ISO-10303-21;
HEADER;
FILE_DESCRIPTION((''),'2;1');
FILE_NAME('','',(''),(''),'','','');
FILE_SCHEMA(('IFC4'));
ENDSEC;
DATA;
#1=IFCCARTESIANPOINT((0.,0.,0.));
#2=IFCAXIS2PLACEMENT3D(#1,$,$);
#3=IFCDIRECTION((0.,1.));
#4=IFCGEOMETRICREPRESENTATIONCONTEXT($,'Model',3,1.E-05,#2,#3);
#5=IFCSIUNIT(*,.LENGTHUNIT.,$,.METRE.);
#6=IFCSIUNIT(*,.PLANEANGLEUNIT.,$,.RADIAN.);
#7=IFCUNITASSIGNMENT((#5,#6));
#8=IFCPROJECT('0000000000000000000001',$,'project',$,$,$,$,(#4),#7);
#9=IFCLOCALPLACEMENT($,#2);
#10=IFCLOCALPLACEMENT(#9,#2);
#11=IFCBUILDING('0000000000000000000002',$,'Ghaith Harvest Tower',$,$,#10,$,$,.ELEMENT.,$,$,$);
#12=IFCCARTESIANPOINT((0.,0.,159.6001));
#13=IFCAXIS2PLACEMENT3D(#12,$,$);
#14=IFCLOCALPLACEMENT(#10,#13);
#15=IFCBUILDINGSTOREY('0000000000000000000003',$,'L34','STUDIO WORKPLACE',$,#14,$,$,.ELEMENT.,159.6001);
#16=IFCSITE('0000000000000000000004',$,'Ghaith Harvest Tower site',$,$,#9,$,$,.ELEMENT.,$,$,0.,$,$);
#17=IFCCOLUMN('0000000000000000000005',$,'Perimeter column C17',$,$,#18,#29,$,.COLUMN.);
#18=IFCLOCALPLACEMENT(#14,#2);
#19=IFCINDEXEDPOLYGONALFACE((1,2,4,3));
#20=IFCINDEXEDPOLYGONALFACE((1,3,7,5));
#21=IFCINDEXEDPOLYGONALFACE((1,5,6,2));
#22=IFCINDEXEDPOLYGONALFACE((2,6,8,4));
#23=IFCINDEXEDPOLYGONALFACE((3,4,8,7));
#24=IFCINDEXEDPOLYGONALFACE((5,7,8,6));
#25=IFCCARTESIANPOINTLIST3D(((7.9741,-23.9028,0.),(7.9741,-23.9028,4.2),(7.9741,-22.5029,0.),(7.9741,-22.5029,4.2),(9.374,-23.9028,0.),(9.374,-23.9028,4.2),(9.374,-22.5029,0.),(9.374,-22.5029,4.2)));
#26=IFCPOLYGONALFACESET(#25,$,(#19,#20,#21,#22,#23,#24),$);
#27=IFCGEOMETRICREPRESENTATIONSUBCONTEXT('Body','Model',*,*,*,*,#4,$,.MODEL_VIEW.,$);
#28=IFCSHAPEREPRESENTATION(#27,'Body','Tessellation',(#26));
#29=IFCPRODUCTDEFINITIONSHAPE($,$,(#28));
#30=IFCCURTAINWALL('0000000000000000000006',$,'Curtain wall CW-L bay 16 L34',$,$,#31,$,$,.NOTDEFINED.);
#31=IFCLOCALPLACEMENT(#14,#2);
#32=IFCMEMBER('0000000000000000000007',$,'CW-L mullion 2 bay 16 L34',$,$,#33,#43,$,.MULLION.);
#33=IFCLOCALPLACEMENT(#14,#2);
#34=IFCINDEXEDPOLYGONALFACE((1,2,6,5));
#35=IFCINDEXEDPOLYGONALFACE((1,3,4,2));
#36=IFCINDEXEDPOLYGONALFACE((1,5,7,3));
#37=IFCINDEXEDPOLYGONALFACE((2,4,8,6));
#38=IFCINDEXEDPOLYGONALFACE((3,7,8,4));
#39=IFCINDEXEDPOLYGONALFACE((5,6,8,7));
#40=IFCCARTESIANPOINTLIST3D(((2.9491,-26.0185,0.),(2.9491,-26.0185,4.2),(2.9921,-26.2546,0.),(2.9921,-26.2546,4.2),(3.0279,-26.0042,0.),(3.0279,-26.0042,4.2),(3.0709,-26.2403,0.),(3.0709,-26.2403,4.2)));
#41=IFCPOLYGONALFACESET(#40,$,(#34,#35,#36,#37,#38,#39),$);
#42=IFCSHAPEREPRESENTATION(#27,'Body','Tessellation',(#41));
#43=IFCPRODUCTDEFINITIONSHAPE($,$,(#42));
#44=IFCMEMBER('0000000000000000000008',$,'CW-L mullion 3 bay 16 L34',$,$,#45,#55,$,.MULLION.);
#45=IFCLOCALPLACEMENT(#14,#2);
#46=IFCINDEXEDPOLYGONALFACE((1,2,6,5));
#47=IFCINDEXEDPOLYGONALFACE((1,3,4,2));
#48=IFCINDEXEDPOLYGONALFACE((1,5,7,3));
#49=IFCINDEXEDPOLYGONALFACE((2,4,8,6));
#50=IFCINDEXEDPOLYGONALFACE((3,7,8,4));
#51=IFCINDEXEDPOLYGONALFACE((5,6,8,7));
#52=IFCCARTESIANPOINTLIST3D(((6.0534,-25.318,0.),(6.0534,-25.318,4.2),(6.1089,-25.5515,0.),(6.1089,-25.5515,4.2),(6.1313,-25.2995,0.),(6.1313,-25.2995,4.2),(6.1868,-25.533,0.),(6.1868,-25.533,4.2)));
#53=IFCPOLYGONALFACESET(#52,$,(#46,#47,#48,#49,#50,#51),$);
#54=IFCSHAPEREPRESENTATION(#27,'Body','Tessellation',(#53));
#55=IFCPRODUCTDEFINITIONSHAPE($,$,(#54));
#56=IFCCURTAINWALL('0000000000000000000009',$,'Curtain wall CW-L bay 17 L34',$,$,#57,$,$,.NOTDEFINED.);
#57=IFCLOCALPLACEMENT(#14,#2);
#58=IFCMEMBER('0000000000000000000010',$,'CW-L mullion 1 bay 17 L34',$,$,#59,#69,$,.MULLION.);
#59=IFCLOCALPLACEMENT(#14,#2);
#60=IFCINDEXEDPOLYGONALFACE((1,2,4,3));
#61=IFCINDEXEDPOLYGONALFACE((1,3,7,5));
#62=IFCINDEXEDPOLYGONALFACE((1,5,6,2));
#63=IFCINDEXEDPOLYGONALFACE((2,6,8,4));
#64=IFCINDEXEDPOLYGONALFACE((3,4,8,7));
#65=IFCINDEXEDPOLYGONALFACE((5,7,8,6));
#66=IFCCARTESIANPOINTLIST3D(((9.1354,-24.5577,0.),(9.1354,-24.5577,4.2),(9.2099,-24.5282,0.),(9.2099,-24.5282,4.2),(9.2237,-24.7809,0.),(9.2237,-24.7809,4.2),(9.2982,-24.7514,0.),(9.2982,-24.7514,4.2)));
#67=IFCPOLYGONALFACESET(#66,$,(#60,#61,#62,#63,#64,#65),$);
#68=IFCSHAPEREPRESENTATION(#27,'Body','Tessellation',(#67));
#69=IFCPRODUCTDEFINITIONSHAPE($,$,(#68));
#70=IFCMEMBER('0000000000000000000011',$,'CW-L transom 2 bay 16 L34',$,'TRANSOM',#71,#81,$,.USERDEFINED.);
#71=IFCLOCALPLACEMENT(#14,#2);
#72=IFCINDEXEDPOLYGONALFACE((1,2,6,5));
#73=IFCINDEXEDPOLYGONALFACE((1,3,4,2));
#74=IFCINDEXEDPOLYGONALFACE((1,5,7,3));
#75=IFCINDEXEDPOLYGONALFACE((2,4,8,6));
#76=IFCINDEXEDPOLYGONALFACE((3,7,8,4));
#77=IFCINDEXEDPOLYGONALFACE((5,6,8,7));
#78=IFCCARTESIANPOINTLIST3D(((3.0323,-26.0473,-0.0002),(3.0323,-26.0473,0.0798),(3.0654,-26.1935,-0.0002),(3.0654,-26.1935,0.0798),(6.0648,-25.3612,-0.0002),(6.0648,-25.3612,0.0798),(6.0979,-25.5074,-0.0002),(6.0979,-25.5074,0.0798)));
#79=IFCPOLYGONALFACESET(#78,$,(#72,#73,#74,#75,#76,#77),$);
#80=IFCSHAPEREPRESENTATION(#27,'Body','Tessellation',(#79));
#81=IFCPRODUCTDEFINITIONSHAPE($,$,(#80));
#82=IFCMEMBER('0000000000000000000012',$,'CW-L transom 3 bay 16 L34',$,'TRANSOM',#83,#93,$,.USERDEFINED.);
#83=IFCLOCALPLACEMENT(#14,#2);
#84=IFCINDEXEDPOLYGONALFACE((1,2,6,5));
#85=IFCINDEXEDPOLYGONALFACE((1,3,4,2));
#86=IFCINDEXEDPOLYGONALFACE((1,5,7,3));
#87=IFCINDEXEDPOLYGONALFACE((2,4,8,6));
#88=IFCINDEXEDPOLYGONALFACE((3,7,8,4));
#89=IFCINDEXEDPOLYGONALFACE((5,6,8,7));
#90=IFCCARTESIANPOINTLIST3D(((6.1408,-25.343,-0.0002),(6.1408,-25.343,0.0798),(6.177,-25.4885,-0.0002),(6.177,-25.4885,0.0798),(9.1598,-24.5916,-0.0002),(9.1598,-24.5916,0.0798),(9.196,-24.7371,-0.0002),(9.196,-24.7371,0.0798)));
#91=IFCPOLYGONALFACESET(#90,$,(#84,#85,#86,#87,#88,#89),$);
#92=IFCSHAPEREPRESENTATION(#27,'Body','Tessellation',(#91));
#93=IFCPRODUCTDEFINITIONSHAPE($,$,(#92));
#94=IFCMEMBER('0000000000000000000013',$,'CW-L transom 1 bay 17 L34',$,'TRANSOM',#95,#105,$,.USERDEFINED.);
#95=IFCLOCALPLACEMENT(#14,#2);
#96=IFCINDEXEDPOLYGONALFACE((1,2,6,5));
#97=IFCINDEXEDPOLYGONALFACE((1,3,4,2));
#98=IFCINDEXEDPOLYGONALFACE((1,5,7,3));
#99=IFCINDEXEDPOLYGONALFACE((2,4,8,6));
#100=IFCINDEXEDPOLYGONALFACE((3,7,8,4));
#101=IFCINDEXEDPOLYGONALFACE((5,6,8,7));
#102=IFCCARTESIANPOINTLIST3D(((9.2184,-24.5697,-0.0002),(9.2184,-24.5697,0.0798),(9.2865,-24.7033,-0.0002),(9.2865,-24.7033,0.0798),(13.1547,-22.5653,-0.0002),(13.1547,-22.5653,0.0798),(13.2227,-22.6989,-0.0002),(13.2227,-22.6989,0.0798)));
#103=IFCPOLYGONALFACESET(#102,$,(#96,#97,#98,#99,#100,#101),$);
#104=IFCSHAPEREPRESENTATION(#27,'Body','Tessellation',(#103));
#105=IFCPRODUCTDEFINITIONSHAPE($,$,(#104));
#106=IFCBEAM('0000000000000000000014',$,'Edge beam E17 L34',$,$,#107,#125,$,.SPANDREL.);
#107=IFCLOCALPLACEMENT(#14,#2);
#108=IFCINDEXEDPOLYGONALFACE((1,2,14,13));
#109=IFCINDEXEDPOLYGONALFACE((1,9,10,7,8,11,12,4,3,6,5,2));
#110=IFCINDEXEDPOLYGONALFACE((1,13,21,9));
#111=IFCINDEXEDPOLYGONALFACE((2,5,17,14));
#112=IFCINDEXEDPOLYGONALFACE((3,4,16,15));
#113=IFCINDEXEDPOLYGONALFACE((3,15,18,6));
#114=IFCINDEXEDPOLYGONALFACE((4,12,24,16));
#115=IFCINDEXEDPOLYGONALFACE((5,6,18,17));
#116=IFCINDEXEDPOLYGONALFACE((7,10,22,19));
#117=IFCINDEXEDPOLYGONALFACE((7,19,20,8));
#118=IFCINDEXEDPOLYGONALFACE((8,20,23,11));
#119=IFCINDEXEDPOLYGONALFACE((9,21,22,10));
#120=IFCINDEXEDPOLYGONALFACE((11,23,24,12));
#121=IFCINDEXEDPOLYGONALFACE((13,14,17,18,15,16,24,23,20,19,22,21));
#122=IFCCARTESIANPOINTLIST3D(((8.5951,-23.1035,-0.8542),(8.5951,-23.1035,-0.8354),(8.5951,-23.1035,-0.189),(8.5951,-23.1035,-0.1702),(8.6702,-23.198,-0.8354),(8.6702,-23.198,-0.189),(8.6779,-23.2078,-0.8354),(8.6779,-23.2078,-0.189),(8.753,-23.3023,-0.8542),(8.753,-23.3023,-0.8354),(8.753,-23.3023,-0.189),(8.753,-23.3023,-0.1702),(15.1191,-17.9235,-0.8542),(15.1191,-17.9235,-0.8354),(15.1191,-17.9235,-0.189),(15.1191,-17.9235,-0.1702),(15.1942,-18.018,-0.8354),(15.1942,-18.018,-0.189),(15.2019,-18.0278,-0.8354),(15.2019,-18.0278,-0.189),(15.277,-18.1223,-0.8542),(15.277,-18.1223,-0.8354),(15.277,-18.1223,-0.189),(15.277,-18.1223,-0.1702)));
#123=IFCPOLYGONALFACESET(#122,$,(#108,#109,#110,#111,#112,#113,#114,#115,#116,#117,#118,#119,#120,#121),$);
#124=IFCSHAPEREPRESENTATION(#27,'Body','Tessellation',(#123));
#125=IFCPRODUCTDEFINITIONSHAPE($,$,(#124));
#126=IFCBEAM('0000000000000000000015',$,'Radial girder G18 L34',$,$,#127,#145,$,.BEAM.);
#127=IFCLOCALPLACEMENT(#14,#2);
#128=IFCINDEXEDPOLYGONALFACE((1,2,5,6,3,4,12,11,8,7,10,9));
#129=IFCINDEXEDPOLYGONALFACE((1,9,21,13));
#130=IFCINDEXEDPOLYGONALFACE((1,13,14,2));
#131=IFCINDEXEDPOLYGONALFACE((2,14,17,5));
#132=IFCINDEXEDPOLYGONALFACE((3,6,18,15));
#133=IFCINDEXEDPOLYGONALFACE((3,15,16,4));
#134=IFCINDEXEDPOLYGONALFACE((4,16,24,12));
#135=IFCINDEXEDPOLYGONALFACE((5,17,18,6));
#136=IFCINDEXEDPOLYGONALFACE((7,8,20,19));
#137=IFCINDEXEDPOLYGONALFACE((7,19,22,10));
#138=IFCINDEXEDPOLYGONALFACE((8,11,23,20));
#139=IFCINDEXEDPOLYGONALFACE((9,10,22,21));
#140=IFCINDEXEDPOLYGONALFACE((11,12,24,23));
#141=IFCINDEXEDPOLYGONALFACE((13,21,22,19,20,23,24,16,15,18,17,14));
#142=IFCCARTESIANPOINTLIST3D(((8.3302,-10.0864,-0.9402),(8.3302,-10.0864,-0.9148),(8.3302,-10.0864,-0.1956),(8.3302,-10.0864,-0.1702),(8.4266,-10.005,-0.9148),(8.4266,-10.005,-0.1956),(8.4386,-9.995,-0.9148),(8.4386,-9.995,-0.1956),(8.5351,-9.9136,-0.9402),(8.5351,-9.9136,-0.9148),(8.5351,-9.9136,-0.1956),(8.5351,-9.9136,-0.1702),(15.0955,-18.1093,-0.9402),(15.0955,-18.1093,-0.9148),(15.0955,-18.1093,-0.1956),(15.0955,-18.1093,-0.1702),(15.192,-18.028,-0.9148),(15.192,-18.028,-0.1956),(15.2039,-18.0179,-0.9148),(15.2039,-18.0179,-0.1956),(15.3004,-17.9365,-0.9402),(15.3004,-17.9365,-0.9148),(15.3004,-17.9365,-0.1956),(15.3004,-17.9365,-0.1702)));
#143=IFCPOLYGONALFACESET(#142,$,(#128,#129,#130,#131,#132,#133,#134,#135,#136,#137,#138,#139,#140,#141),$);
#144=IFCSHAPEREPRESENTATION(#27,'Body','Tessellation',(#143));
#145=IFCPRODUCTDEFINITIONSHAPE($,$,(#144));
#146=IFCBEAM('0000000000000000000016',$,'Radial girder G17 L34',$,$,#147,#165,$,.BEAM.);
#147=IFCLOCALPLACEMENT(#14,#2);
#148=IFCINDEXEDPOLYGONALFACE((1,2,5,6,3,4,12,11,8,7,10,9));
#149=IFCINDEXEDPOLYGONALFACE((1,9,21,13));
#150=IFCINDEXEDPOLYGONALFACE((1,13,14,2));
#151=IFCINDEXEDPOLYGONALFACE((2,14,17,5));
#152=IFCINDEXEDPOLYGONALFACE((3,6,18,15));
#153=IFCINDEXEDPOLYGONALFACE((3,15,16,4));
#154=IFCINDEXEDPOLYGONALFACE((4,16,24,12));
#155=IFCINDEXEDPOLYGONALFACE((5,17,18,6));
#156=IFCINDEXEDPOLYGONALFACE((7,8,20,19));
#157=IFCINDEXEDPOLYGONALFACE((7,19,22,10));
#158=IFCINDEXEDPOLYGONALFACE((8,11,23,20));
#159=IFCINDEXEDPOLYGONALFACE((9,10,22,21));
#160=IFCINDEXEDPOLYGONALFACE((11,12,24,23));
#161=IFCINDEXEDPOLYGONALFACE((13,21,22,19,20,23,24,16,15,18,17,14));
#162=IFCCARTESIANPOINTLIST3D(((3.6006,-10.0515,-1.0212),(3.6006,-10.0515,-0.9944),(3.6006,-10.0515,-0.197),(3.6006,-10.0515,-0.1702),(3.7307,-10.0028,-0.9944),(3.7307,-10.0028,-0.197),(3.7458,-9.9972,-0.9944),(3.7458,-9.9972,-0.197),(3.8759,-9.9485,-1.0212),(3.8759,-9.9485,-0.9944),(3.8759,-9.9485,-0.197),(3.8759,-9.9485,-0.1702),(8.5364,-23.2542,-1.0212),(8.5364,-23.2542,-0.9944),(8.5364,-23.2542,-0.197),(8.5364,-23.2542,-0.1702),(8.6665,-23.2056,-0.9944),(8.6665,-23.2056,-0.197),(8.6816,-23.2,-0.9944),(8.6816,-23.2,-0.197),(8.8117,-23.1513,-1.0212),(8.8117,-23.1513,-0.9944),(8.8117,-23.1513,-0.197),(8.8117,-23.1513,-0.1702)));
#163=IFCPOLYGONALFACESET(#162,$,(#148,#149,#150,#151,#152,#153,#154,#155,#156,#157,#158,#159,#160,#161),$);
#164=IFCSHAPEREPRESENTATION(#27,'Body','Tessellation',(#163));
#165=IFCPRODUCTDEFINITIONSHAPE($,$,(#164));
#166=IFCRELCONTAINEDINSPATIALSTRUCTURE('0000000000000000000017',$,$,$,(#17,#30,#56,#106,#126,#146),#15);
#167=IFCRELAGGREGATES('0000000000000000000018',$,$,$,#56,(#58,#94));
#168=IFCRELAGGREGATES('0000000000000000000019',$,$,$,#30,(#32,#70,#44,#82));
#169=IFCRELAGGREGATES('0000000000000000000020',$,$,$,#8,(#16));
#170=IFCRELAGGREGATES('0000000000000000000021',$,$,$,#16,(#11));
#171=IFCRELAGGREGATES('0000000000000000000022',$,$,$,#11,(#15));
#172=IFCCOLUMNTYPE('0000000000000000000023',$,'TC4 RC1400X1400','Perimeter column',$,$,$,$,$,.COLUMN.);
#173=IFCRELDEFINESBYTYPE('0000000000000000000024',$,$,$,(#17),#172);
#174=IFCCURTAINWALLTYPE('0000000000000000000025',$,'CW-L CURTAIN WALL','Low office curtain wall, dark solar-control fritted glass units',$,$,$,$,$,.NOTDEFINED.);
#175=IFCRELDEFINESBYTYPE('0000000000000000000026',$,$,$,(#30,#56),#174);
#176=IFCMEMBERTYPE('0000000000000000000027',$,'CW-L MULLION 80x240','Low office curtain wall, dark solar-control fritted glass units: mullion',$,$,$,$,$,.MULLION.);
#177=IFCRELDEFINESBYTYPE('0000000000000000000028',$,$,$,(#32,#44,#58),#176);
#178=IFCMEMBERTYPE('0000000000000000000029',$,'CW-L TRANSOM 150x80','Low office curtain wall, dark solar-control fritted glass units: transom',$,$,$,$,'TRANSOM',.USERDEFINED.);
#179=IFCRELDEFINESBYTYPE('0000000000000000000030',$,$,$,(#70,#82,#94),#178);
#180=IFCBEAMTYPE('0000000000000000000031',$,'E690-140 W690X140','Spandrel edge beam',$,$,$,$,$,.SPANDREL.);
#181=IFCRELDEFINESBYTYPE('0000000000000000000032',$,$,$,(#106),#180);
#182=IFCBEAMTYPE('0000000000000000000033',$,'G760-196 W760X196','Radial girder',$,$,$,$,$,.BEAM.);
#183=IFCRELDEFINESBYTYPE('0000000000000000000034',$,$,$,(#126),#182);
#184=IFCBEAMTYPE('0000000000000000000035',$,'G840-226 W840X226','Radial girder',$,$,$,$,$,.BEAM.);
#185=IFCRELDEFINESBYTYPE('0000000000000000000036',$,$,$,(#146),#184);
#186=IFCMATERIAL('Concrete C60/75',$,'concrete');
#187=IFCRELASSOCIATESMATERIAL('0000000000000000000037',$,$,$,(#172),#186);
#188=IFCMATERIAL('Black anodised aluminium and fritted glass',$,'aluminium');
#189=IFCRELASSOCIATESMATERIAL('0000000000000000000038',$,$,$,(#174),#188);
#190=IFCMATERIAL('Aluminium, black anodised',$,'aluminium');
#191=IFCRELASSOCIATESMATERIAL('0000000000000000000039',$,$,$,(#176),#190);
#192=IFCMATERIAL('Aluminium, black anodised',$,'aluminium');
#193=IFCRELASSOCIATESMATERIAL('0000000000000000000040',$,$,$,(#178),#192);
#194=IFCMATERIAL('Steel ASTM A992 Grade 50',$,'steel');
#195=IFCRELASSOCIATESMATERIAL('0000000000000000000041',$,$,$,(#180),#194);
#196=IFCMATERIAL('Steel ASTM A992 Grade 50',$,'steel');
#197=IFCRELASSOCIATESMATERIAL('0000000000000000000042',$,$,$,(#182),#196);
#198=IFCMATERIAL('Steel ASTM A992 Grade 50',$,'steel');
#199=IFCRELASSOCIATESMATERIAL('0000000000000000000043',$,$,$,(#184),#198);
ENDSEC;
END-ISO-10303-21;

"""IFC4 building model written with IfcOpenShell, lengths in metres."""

from ifc_helpers import new_model, si_unit, direction, frame, origin, origin_2d, place, context, subcontext, project, spatial, rectangle, i_section, extrude, material, material_profile, profile_set, type_object, element, aggregate, save


model = new_model("IFC4")

# Units and contexts
model_context = context("Model", 3, precision=1e-05, world=origin(), true_north=direction((0.0, 1.0)))
body_context = subcontext(model_context, "Body", "Model", "MODEL_VIEW")
ifc_project = project(units=[si_unit("LENGTHUNIT", "METRE"), si_unit("PLANEANGLEUNIT", "RADIAN")], contexts=[model_context])

# Site, building, storey
site_placement = place(None, origin())
site = spatial("IfcSite", under=ifc_project, at=site_placement, Name="Ghaith Harvest Tower site", CompositionType="ELEMENT", RefElevation=0.0)
building_placement = place(site_placement, origin())
building = spatial("IfcBuilding", under=site, at=building_placement, Name="Ghaith Harvest Tower", CompositionType="ELEMENT")
storey_placement = place(building_placement, frame((0.0, 0.0, 159.6001)))
storey = spatial("IfcBuildingStorey", under=building, at=storey_placement, Name="L34", Description="STUDIO WORKPLACE", CompositionType="ELEMENT", Elevation=159.6001)

# Column
ifc_material_1 = material(Name="Concrete C60/75", Category="concrete")
ifc_material_profile_1 = material_profile(ifc_material_1, rectangle(XDim=1.3999, YDim=1.3999, at=origin_2d()), Name="RC1400X1400")
ifc_profile_set_1 = profile_set([ifc_material_profile_1], Name="Concrete C60/75")
column_type = type_object("IfcColumnType", Name="TC4 RC1400X1400", Description="Perimeter column", PredefinedType="COLUMN", material=ifc_profile_set_1)
column_placement = place(storey_placement, frame((8.6741, -23.2029, 0.0), z_axis=(0.0, 0.0, 1.0), x_axis=(1.0, 0.0, 0.0)))
element("IfcColumn", 1, at=column_placement, inside=storey, type_object=column_type, Name="Perimeter column C17", PredefinedType="COLUMN", context=body_context, shape_type="SweptSolid", body=[
    extrude(rectangle(XDim=1.3999, YDim=1.3999, at=origin_2d()), origin(), (0.0, 0.0, 1.0), 4.2),
])

# Curtain wall, members
ifc_material_2 = material(Name="Black anodised aluminium and fritted glass", Category="aluminium")
curtain_wall_type = type_object("IfcCurtainWallType", Name="CW-L CURTAIN WALL", Description="Low office curtain wall, dark solar-control fritted glass units", PredefinedType="NOTDEFINED", material=ifc_material_2)
curtain_wall_1_placement = place(storey_placement, origin())
curtain_wall_1 = element("IfcCurtainWall", 2, at=curtain_wall_1_placement, inside=storey, type_object=curtain_wall_type, Name="Curtain wall CW-L bay 16 L34", PredefinedType="NOTDEFINED")
ifc_material_3 = material(Name="Aluminium, black anodised", Category="aluminium")
ifc_material_profile_2 = material_profile(ifc_material_3, rectangle(XDim=0.0801, YDim=0.24, at=origin_2d()), Name="CW-L MULLION 80x240")
ifc_profile_set_2 = profile_set([ifc_material_profile_2], Name="Aluminium, black anodised")
member_type_1 = type_object("IfcMemberType", Name="CW-L MULLION 80x240", Description="Low office curtain wall, dark solar-control fritted glass units: mullion", PredefinedType="MULLION", material=ifc_profile_set_2)
member_1_placement = place(storey_placement, frame((3.01, -26.1294, 0.0), z_axis=(0.0, 0.0, 1.0), x_axis=(0.983806, 0.179235, 0.0)))
member_1 = element("IfcMember", 3, at=member_1_placement, type_object=member_type_1, Name="CW-L mullion 2 bay 16 L34", PredefinedType="MULLION", context=body_context, shape_type="SweptSolid", body=[
    extrude(rectangle(XDim=0.0801, YDim=0.24, at=origin_2d()), origin(), (0.0, 0.0, 1.0), 4.2),
])
member_2_placement = place(storey_placement, frame((6.1201, -25.4255, 0.0), z_axis=(0.0, 0.0, 1.0), x_axis=(0.972918, 0.23115, 0.0)))
member_2 = element("IfcMember", 4, at=member_2_placement, type_object=member_type_1, Name="CW-L mullion 3 bay 16 L34", PredefinedType="MULLION", context=body_context, shape_type="SweptSolid", body=[
    extrude(rectangle(XDim=0.0801, YDim=0.24, at=origin_2d()), origin(), (0.0, 0.0, 1.0), 4.2),
])

# Curtain wall, member
curtain_wall_2_placement = place(storey_placement, origin())
curtain_wall_2 = element("IfcCurtainWall", 5, at=curtain_wall_2_placement, inside=storey, type_object=curtain_wall_type, Name="Curtain wall CW-L bay 17 L34", PredefinedType="NOTDEFINED")
member_3_placement = place(storey_placement, frame((9.2168, -24.6545, 0.0), z_axis=(0.0, 0.0, 1.0), x_axis=(0.929832, 0.367985, 0.0)))
member_3 = element("IfcMember", 6, at=member_3_placement, type_object=member_type_1, Name="CW-L mullion 1 bay 17 L34", PredefinedType="MULLION", context=body_context, shape_type="SweptSolid", body=[
    extrude(rectangle(XDim=0.0801, YDim=0.24, at=origin_2d()), origin(), (0.0, 0.0, 1.0), 4.2),
])

# Members
ifc_material_4 = material(Name="Aluminium, black anodised", Category="aluminium")
ifc_material_profile_3 = material_profile(ifc_material_4, rectangle(XDim=0.1499, YDim=0.0801, at=origin_2d()), Name="CW-L TRANSOM 150x80")
ifc_profile_set_3 = profile_set([ifc_material_profile_3], Name="Aluminium, black anodised")
member_type_2 = type_object("IfcMemberType", Name="CW-L TRANSOM 150x80", Description="Low office curtain wall, dark solar-control fritted glass units: transom", ElementType="TRANSOM", PredefinedType="USERDEFINED", material=ifc_profile_set_3)
member_4_placement = place(storey_placement, frame((3.0488, -26.1204, 0.0398), z_axis=(0.975352, 0.220654, 0.0), x_axis=(-0.220654, 0.975352, 0.0)))
member_4 = element("IfcMember", 7, at=member_4_placement, type_object=member_type_2, Name="CW-L transom 2 bay 16 L34", ObjectType="TRANSOM", PredefinedType="USERDEFINED", context=body_context, shape_type="SweptSolid", body=[
    extrude(rectangle(XDim=0.1499, YDim=0.0801, at=origin_2d()), origin(), (0.0, 0.0, 1.0), 3.1091),
])
member_5_placement = place(storey_placement, frame((6.1589, -25.4158, 0.0398), z_axis=(0.970391, 0.241538, 0.0), x_axis=(-0.241538, 0.970391, 0.0)))
member_5 = element("IfcMember", 8, at=member_5_placement, type_object=member_type_2, Name="CW-L transom 3 bay 16 L34", ObjectType="TRANSOM", PredefinedType="USERDEFINED", context=body_context, shape_type="SweptSolid", body=[
    extrude(rectangle(XDim=0.1499, YDim=0.0801, at=origin_2d()), origin(), (0.0, 0.0, 1.0), 3.1111),
])
member_6_placement = place(storey_placement, frame((9.2524, -24.6365, 0.0398), z_axis=(0.89112, 0.453768, 0.0), x_axis=(-0.453768, 0.89112, 0.0)))
member_6 = element("IfcMember", 9, at=member_6_placement, type_object=member_type_2, Name="CW-L transom 1 bay 17 L34", ObjectType="TRANSOM", PredefinedType="USERDEFINED", context=body_context, shape_type="SweptSolid", body=[
    extrude(rectangle(XDim=0.1499, YDim=0.0801, at=origin_2d()), origin(), (0.0, 0.0, 1.0), 4.4172),
])
aggregate(curtain_wall_2, [member_3, member_6])

# Beams
ifc_material_5 = material(Name="Steel ASTM A992 Grade 50", Category="steel")
ifc_material_profile_4 = material_profile(ifc_material_5, i_section(OverallWidth=0.2539, OverallDepth=0.6841, WebThickness=0.0125, FlangeThickness=0.0188, at=origin_2d()), Name="W690X140")
ifc_profile_set_4 = profile_set([ifc_material_profile_4], Name="Steel ASTM A992 Grade 50")
beam_type_1 = type_object("IfcBeamType", Name="E690-140 W690X140", Description="Spandrel edge beam", PredefinedType="SPANDREL", material=ifc_profile_set_4)
beam_1_placement = place(storey_placement, frame((8.6741, -23.2029, -0.5122), z_axis=(0.78316, 0.621821, 0.0), x_axis=(-0.621821, 0.78316, 0.0)))
element("IfcBeam", 10, at=beam_1_placement, inside=storey, type_object=beam_type_1, Name="Edge beam E17 L34", PredefinedType="SPANDREL", context=body_context, shape_type="SweptSolid", body=[
    extrude(i_section(OverallWidth=0.2539, OverallDepth=0.6841, WebThickness=0.0125, FlangeThickness=0.0188, at=origin_2d()), origin(), (0.0, 0.0, 1.0), 8.3303),
])
ifc_material_6 = material(Name="Steel ASTM A992 Grade 50", Category="steel")
ifc_material_profile_5 = material_profile(ifc_material_6, i_section(OverallWidth=0.2681, OverallDepth=0.77, WebThickness=0.0156, FlangeThickness=0.0254, at=origin_2d()), Name="W760X196")
ifc_profile_set_5 = profile_set([ifc_material_profile_5], Name="Steel ASTM A992 Grade 50")
beam_type_2 = type_object("IfcBeamType", Name="G760-196 W760X196", Description="Radial girder", PredefinedType="BEAM", material=ifc_profile_set_5)
beam_2_placement = place(storey_placement, frame((8.4326, -10.0, -0.5552), z_axis=(0.644649, -0.764478, 0.0), x_axis=(0.764478, 0.644649, 0.0)))
element("IfcBeam", 11, at=beam_2_placement, inside=storey, type_object=beam_type_2, Name="Radial girder G18 L34", PredefinedType="BEAM", context=body_context, shape_type="SweptSolid", body=[
    extrude(i_section(OverallWidth=0.2681, OverallDepth=0.77, WebThickness=0.0156, FlangeThickness=0.0254, at=origin_2d()), origin(), (0.0, 0.0, 1.0), 10.4946),
])
ifc_material_7 = material(Name="Steel ASTM A992 Grade 50", Category="steel")
ifc_material_profile_6 = material_profile(ifc_material_7, i_section(OverallWidth=0.2939, OverallDepth=0.8511, WebThickness=0.0161, FlangeThickness=0.0269, at=origin_2d()), Name="W840X226")
ifc_profile_set_6 = profile_set([ifc_material_profile_6], Name="Steel ASTM A992 Grade 50")
beam_type_3 = type_object("IfcBeamType", Name="G840-226 W840X226", Description="Radial girder", PredefinedType="BEAM", material=ifc_profile_set_6)
beam_3_placement = place(storey_placement, frame((3.7383, -10.0, -0.5957), z_axis=(0.350172, -0.936685, 0.0), x_axis=(0.936685, 0.350172, 0.0)))
element("IfcBeam", 12, at=beam_3_placement, inside=storey, type_object=beam_type_3, Name="Radial girder G17 L34", PredefinedType="BEAM", context=body_context, shape_type="SweptSolid", body=[
    extrude(i_section(OverallWidth=0.2939, OverallDepth=0.8511, WebThickness=0.0161, FlangeThickness=0.0269, at=origin_2d()), origin(), (0.0, 0.0, 1.0), 14.0952),
])

aggregate(curtain_wall_1, [member_1, member_4, member_2, member_5])

save(model, "model.ifc")
